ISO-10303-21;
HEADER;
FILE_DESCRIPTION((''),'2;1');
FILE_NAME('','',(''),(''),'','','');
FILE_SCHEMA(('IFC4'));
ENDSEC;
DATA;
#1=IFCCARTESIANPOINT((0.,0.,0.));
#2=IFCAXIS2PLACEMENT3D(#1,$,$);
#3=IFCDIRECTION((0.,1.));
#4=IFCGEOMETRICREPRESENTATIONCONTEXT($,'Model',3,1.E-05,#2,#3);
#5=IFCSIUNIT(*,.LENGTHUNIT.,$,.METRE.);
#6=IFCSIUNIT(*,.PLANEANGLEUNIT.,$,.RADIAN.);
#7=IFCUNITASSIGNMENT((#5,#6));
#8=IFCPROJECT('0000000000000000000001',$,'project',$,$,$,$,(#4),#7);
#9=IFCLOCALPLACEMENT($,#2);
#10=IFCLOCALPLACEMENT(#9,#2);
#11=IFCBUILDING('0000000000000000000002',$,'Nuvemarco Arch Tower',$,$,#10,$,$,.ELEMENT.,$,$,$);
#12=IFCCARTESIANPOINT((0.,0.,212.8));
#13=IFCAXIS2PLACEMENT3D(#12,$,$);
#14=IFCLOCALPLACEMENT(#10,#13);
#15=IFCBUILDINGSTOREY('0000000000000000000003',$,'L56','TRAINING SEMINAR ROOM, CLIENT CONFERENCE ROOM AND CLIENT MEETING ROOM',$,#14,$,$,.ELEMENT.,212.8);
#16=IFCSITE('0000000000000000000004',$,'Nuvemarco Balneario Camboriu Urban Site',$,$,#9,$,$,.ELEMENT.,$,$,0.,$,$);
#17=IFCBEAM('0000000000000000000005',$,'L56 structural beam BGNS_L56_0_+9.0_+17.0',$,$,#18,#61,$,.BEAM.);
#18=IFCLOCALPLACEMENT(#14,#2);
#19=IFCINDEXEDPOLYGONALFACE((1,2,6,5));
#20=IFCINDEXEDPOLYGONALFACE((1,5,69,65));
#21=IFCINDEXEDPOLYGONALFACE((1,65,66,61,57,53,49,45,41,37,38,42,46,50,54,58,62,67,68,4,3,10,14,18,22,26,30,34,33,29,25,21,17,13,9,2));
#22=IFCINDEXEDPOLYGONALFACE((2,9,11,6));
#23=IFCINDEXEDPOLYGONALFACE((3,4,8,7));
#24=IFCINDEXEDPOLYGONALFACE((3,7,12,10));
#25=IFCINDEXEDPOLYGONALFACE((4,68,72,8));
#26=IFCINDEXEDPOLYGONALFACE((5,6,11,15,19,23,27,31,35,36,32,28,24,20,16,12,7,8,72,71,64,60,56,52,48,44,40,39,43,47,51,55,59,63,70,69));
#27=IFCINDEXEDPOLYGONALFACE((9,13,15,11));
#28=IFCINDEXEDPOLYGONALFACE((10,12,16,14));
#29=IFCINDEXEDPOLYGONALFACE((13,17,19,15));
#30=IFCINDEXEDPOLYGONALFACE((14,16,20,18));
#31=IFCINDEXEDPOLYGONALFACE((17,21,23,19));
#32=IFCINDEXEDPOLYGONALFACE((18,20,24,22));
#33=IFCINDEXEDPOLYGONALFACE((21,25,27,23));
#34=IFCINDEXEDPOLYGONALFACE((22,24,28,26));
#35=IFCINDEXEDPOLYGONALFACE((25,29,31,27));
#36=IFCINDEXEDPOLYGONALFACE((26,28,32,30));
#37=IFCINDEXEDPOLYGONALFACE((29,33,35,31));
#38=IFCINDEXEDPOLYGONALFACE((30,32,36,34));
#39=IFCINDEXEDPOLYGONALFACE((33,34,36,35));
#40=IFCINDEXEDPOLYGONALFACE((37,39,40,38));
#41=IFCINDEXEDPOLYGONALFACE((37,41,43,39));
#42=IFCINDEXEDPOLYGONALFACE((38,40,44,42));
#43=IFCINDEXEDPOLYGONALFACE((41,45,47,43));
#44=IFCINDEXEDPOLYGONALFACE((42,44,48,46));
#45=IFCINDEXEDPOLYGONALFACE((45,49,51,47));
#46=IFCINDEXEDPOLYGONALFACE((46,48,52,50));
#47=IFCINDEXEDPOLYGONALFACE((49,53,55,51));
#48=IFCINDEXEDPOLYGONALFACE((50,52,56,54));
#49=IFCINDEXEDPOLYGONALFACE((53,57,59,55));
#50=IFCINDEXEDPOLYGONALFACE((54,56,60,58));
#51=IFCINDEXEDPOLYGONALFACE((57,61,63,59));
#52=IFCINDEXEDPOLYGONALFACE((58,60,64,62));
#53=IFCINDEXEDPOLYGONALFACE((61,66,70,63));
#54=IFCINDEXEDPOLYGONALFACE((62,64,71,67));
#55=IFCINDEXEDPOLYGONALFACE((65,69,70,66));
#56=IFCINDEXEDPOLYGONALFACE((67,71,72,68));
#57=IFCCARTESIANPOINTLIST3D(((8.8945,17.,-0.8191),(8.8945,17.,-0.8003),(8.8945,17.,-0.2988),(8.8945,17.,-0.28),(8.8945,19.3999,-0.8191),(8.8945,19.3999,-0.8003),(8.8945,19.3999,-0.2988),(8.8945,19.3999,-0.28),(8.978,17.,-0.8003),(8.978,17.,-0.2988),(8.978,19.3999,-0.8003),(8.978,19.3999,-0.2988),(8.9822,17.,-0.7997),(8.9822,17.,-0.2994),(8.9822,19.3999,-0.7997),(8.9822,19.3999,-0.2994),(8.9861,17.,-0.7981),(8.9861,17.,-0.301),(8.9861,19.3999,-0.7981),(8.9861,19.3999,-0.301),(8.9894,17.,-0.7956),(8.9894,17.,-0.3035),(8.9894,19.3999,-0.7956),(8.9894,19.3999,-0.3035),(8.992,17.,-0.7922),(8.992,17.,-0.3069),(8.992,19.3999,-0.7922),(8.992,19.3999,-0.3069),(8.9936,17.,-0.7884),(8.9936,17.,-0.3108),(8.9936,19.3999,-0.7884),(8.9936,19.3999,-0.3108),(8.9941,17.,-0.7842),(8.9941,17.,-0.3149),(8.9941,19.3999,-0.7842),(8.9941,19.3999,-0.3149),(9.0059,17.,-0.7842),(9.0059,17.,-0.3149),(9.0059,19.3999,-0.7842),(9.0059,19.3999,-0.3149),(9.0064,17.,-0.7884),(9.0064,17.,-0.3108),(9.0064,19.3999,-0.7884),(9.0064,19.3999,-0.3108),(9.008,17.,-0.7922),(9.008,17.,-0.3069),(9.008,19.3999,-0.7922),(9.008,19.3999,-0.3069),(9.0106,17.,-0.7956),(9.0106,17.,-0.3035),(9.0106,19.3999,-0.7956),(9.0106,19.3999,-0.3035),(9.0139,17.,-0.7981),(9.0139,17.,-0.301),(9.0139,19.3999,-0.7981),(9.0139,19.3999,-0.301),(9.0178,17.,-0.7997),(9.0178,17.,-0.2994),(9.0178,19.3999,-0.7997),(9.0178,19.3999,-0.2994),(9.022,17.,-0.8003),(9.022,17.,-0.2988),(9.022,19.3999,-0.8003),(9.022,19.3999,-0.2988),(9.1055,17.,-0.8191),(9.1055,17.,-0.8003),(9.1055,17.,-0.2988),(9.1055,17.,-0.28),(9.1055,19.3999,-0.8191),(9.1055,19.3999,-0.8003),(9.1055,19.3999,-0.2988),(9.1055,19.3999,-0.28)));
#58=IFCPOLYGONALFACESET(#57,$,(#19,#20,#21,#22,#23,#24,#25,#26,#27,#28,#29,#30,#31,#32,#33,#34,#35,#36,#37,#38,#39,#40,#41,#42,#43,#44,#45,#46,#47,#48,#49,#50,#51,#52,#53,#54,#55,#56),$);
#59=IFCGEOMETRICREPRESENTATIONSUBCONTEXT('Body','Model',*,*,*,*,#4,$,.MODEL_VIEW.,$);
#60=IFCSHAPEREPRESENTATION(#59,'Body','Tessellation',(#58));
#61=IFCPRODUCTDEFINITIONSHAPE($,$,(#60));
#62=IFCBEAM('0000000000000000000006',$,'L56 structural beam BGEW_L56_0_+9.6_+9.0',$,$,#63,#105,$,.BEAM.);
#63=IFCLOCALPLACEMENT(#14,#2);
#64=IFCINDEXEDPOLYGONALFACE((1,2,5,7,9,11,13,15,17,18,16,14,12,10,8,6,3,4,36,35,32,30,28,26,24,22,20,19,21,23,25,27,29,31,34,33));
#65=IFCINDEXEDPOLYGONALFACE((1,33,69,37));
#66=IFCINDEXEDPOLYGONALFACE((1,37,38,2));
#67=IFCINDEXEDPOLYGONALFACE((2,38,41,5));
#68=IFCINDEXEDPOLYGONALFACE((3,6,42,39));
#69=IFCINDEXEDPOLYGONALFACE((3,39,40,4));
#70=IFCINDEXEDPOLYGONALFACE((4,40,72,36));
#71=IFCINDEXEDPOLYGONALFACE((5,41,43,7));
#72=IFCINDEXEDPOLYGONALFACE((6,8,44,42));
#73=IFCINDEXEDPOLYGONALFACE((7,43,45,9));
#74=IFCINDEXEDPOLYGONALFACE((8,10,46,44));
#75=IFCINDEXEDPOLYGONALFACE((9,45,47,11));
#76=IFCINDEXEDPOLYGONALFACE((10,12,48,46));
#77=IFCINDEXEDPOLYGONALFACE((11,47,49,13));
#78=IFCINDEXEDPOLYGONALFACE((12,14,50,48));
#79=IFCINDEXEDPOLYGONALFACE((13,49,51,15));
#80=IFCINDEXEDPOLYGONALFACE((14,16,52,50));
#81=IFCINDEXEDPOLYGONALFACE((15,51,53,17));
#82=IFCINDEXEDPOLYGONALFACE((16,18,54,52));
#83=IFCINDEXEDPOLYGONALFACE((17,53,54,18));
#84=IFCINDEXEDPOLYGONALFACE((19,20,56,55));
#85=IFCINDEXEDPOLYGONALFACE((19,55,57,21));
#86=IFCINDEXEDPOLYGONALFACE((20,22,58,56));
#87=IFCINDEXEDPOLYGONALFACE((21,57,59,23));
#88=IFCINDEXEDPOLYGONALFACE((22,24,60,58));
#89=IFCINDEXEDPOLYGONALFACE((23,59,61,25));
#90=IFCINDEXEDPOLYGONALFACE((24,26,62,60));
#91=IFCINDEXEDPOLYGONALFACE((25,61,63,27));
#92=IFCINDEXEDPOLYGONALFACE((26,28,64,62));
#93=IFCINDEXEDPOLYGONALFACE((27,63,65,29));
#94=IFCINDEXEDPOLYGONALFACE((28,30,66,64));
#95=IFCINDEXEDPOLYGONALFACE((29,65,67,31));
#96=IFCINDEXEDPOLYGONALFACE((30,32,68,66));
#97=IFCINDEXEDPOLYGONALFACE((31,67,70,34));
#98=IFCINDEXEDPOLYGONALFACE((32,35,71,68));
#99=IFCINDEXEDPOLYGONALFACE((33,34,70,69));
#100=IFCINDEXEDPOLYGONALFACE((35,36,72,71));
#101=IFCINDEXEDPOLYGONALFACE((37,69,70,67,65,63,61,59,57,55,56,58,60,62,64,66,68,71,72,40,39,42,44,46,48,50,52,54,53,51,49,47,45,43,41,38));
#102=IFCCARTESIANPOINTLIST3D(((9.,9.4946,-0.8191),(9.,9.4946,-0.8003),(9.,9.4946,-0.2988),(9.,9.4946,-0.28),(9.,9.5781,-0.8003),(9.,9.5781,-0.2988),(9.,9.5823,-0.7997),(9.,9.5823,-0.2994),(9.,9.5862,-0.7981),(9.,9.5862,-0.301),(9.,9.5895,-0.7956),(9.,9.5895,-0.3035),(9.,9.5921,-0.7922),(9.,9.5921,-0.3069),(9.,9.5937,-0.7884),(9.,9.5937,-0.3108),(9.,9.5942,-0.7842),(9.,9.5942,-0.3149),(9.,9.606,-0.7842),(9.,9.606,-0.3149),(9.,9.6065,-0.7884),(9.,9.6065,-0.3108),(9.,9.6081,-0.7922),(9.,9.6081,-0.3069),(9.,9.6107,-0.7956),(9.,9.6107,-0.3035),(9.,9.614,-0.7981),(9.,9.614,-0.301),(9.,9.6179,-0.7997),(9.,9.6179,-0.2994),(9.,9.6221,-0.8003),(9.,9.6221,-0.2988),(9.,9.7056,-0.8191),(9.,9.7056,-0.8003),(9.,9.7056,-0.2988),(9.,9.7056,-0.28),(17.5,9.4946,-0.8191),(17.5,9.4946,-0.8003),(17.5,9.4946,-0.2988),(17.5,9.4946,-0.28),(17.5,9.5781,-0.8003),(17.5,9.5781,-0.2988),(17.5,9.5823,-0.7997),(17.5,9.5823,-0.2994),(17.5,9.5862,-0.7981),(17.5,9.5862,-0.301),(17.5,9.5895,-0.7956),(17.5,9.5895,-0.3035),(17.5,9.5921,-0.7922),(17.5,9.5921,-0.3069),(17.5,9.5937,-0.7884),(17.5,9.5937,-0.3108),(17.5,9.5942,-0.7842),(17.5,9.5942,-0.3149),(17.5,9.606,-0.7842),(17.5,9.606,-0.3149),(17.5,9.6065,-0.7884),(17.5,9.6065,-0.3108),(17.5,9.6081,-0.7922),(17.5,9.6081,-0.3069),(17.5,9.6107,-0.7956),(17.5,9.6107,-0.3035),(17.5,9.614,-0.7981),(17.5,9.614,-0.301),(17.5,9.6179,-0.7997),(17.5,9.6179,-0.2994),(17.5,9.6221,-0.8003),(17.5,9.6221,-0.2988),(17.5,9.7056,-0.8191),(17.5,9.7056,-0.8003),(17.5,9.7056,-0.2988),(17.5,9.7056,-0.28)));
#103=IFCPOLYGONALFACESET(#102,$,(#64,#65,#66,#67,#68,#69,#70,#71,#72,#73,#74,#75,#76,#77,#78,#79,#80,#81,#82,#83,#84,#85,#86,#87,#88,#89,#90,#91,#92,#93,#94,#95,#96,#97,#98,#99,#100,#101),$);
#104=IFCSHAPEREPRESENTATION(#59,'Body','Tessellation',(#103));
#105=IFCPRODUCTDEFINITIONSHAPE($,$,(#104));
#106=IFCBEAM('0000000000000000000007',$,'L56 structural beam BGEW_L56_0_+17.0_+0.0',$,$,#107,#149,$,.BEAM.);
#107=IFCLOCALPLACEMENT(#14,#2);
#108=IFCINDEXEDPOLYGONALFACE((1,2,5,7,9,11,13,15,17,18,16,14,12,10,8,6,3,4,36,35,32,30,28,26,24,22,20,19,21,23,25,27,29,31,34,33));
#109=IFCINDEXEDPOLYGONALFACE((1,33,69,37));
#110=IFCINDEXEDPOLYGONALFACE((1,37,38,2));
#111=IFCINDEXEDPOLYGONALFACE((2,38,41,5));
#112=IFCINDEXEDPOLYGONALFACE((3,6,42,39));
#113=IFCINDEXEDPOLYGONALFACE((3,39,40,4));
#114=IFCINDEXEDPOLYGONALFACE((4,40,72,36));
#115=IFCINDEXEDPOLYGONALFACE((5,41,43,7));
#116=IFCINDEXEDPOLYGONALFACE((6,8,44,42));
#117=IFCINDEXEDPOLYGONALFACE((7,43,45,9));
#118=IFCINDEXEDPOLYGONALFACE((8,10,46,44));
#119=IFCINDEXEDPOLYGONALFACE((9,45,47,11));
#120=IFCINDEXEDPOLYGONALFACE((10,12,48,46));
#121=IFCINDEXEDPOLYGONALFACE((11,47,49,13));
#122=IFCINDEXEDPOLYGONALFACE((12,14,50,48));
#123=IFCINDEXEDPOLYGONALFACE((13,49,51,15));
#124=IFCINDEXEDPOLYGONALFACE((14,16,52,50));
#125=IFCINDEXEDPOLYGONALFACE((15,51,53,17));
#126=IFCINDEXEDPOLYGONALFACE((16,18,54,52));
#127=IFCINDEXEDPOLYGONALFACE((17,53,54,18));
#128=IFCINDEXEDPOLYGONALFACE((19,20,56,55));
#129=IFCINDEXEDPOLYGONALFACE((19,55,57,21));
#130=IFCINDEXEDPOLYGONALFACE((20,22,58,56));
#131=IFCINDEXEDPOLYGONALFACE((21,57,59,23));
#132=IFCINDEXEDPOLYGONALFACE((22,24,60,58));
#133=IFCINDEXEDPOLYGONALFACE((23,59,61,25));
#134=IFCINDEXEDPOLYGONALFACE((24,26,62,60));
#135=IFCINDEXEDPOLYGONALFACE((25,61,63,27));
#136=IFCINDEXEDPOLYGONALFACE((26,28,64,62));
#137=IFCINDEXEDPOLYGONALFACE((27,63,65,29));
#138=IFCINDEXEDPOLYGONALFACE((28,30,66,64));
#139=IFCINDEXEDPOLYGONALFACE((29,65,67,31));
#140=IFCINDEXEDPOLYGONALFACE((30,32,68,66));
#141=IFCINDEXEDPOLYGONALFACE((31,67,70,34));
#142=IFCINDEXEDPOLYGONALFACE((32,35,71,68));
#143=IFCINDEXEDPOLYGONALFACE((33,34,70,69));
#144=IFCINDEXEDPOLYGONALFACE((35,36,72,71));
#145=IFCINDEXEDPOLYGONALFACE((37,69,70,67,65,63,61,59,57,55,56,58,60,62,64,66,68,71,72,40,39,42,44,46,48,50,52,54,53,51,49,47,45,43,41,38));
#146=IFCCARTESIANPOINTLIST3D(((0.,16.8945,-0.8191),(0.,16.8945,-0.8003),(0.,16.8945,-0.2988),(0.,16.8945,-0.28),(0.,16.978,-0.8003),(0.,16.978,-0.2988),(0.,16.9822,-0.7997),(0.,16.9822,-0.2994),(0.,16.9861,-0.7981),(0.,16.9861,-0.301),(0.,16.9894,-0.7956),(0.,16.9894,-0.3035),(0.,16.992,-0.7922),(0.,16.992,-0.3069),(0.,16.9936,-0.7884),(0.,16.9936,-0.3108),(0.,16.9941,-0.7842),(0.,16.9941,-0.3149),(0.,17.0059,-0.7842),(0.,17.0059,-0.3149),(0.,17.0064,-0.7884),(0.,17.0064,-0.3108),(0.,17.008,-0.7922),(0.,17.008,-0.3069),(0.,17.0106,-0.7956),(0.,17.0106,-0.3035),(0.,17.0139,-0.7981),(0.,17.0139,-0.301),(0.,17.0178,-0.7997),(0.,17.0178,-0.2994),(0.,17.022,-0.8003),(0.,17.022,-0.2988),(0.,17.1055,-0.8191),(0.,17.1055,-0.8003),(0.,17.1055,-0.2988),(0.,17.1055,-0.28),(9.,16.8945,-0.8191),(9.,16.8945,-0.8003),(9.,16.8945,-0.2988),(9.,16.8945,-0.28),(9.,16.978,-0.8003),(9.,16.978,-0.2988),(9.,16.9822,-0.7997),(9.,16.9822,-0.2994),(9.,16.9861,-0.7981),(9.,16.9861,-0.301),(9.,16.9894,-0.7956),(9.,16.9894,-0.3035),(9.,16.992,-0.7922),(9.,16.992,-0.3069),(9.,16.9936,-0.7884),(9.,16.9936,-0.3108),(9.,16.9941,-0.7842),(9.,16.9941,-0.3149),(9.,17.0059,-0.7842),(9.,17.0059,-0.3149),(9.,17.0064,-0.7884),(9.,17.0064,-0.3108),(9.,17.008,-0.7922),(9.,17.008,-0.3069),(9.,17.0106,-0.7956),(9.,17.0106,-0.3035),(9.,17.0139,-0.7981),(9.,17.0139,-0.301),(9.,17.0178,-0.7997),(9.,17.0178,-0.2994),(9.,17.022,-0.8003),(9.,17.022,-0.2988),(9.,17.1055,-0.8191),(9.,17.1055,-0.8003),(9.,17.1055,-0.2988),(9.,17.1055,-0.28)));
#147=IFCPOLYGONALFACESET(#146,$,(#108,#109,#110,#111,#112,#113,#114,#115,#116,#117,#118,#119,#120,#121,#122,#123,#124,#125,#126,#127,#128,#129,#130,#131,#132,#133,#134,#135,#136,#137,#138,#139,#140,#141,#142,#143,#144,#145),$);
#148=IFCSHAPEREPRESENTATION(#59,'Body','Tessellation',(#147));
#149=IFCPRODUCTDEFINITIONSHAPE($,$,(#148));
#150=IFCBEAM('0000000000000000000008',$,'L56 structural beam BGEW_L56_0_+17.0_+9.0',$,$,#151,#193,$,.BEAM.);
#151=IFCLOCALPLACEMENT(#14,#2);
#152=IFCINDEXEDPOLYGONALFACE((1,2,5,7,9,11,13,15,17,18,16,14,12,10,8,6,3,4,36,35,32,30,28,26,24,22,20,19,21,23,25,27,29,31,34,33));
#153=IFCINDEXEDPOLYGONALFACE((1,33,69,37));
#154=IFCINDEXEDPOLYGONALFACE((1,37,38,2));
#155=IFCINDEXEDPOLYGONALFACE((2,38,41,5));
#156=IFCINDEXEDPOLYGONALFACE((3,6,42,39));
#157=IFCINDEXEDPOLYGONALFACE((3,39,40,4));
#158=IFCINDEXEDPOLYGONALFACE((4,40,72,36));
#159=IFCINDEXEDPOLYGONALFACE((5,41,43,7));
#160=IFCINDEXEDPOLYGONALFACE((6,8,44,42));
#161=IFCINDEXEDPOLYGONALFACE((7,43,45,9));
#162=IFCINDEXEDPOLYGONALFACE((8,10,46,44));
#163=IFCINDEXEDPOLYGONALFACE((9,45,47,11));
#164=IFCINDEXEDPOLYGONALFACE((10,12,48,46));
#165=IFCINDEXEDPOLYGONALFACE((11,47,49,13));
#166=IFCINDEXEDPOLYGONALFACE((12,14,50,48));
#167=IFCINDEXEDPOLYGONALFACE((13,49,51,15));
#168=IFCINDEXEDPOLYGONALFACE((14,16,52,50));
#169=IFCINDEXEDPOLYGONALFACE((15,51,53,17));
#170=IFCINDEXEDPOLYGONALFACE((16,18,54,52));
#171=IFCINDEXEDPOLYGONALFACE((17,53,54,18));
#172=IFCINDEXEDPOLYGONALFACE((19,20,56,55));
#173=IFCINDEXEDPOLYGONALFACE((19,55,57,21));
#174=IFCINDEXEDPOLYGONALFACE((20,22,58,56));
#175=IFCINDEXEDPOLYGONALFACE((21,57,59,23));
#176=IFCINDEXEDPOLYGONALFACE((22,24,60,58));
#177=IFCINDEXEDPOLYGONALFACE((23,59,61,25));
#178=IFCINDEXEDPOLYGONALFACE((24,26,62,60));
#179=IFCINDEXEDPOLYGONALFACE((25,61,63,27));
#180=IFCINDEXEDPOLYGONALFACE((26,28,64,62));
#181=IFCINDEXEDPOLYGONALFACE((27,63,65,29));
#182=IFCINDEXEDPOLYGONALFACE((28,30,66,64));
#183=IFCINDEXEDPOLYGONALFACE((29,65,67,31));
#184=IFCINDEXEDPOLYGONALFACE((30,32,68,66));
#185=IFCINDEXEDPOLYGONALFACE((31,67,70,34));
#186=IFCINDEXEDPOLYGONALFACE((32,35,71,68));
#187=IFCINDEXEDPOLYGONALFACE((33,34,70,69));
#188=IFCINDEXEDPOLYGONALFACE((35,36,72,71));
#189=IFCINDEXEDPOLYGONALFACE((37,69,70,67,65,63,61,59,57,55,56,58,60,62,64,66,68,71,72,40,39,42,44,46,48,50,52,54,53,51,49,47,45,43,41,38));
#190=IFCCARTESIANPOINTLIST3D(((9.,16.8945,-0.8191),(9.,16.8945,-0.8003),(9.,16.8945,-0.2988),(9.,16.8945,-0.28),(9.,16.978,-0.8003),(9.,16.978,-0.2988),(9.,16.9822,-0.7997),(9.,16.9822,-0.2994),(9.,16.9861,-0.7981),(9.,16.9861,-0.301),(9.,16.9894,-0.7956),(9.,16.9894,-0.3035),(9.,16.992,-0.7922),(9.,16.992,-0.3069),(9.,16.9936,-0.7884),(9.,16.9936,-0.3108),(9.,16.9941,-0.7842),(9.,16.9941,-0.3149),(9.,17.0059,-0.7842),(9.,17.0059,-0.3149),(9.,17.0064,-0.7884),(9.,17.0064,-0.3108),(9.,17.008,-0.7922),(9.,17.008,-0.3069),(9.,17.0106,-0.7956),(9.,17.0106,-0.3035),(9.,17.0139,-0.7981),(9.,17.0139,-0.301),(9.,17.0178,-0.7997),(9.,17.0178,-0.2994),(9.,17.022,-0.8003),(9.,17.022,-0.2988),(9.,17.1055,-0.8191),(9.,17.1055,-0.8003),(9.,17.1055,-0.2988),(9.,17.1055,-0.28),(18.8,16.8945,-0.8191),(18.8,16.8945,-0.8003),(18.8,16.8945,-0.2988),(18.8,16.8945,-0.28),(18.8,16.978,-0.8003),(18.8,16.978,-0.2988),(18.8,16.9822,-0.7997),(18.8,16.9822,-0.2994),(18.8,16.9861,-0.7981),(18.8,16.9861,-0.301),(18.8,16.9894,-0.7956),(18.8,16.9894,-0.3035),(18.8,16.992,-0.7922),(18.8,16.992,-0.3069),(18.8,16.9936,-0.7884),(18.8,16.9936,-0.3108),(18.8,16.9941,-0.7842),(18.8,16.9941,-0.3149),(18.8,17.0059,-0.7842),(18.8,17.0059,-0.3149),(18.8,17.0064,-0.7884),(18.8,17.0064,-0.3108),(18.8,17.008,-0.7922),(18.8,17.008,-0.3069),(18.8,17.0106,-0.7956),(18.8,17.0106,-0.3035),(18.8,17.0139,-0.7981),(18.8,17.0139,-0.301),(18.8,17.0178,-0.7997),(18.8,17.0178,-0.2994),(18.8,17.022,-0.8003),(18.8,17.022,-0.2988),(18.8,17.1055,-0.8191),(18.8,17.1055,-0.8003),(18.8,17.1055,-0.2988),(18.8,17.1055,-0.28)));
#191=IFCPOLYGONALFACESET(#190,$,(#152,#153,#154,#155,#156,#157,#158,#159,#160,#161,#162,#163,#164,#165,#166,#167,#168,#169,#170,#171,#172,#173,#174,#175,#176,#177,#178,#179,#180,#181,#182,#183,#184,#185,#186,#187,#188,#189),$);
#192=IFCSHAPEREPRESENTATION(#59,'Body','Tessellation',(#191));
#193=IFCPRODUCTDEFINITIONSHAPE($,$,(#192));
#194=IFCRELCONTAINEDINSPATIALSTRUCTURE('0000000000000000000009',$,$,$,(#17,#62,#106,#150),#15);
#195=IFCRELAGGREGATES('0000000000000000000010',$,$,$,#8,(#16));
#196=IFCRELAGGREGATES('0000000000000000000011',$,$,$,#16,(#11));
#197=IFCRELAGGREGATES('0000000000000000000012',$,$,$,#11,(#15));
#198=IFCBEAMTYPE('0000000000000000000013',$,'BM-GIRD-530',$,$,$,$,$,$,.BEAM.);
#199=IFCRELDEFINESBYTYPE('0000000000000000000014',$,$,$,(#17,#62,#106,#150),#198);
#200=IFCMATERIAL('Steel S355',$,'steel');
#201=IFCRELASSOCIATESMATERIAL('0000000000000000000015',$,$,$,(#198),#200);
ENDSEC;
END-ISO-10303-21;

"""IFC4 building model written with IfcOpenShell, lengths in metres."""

from ifc_helpers import new_model, si_unit, direction, frame, origin, origin_2d, place, context, subcontext, project, spatial, i_section, extrude, material, material_profile, profile_set, type_object, element, save


model = new_model("IFC4")

# Units and contexts
model_context = context("Model", 3, precision=1e-05, world=origin(), true_north=direction((0.0, 1.0)))
body_context = subcontext(model_context, "Body", "Model", "MODEL_VIEW")
ifc_project = project(units=[si_unit("LENGTHUNIT", "METRE"), si_unit("PLANEANGLEUNIT", "RADIAN")], contexts=[model_context])

# Site, building, storey
site_placement = place(None, origin())
site = spatial("IfcSite", under=ifc_project, at=site_placement, Name="Nuvemarco Balneario Camboriu Urban Site", CompositionType="ELEMENT", RefElevation=0.0)
building_placement = place(site_placement, origin())
building = spatial("IfcBuilding", under=site, at=building_placement, Name="Nuvemarco Arch Tower", CompositionType="ELEMENT")
storey_placement = place(building_placement, frame((0.0, 0.0, 212.8)))
storey = spatial("IfcBuildingStorey", under=building, at=storey_placement, Name="L56", Description="TRAINING SEMINAR ROOM, CLIENT CONFERENCE ROOM AND CLIENT MEETING ROOM", CompositionType="ELEMENT", Elevation=212.8)

# Shared definitions
ifc_material_1 = material(Name="Steel S355", Category="steel")

# Beams
ifc_material_profile_1 = material_profile(ifc_material_1, i_section(OverallWidth=0.2109, OverallDepth=0.5391, WebThickness=0.0117, FlangeThickness=0.0188, FilletRadius=0.0161, at=origin_2d()), Name="W530x109")
ifc_profile_set_1 = profile_set([ifc_material_profile_1], Name="Steel S355")
beam_type_1 = type_object("IfcBeamType", Name="BM-GIRD-530", PredefinedType="BEAM", material=ifc_profile_set_1)
beam_1_placement = place(storey_placement, frame((9.0, 17.0, -0.5496), z_axis=(0.0, 1.0, 0.0), x_axis=(-1.0, 0.0, 0.0)))
element("IfcBeam", 1, at=beam_1_placement, inside=storey, type_object=beam_type_1, Name="L56 structural beam BGNS_L56_0_+9.0_+17.0", PredefinedType="BEAM", context=body_context, shape_type="SweptSolid", body=[
    extrude(i_section(OverallWidth=0.2109, OverallDepth=0.5391, WebThickness=0.0117, FlangeThickness=0.0188, FilletRadius=0.0161, at=origin_2d()), origin(), (0.0, 0.0, 1.0), 2.3999),
])
beam_2_placement = place(storey_placement, frame((9.0, 9.6001, -0.5496), z_axis=(1.0, 0.0, 0.0), x_axis=(0.0, 1.0, 0.0)))
element("IfcBeam", 2, at=beam_2_placement, inside=storey, type_object=beam_type_1, Name="L56 structural beam BGEW_L56_0_+9.6_+9.0", PredefinedType="BEAM", context=body_context, shape_type="SweptSolid", body=[
    extrude(i_section(OverallWidth=0.2109, OverallDepth=0.5391, WebThickness=0.0117, FlangeThickness=0.0188, FilletRadius=0.0161, at=origin_2d()), origin(), (0.0, 0.0, 1.0), 8.5),
])
beam_3_placement = place(storey_placement, frame((0.0, 17.0, -0.5496), z_axis=(1.0, 0.0, 0.0), x_axis=(0.0, 1.0, 0.0)))
element("IfcBeam", 3, at=beam_3_placement, inside=storey, type_object=beam_type_1, Name="L56 structural beam BGEW_L56_0_+17.0_+0.0", PredefinedType="BEAM", context=body_context, shape_type="SweptSolid", body=[
    extrude(i_section(OverallWidth=0.2109, OverallDepth=0.5391, WebThickness=0.0117, FlangeThickness=0.0188, FilletRadius=0.0161, at=origin_2d()), origin(), (0.0, 0.0, 1.0), 9.0),
])
beam_4_placement = place(storey_placement, frame((9.0, 17.0, -0.5496), z_axis=(1.0, 0.0, 0.0), x_axis=(0.0, 1.0, 0.0)))
element("IfcBeam", 4, at=beam_4_placement, inside=storey, type_object=beam_type_1, Name="L56 structural beam BGEW_L56_0_+17.0_+9.0", PredefinedType="BEAM", context=body_context, shape_type="SweptSolid", body=[
    extrude(i_section(OverallWidth=0.2109, OverallDepth=0.5391, WebThickness=0.0117, FlangeThickness=0.0188, FilletRadius=0.0161, at=origin_2d()), origin(), (0.0, 0.0, 1.0), 9.8),
])

save(model, "model.ifc")
